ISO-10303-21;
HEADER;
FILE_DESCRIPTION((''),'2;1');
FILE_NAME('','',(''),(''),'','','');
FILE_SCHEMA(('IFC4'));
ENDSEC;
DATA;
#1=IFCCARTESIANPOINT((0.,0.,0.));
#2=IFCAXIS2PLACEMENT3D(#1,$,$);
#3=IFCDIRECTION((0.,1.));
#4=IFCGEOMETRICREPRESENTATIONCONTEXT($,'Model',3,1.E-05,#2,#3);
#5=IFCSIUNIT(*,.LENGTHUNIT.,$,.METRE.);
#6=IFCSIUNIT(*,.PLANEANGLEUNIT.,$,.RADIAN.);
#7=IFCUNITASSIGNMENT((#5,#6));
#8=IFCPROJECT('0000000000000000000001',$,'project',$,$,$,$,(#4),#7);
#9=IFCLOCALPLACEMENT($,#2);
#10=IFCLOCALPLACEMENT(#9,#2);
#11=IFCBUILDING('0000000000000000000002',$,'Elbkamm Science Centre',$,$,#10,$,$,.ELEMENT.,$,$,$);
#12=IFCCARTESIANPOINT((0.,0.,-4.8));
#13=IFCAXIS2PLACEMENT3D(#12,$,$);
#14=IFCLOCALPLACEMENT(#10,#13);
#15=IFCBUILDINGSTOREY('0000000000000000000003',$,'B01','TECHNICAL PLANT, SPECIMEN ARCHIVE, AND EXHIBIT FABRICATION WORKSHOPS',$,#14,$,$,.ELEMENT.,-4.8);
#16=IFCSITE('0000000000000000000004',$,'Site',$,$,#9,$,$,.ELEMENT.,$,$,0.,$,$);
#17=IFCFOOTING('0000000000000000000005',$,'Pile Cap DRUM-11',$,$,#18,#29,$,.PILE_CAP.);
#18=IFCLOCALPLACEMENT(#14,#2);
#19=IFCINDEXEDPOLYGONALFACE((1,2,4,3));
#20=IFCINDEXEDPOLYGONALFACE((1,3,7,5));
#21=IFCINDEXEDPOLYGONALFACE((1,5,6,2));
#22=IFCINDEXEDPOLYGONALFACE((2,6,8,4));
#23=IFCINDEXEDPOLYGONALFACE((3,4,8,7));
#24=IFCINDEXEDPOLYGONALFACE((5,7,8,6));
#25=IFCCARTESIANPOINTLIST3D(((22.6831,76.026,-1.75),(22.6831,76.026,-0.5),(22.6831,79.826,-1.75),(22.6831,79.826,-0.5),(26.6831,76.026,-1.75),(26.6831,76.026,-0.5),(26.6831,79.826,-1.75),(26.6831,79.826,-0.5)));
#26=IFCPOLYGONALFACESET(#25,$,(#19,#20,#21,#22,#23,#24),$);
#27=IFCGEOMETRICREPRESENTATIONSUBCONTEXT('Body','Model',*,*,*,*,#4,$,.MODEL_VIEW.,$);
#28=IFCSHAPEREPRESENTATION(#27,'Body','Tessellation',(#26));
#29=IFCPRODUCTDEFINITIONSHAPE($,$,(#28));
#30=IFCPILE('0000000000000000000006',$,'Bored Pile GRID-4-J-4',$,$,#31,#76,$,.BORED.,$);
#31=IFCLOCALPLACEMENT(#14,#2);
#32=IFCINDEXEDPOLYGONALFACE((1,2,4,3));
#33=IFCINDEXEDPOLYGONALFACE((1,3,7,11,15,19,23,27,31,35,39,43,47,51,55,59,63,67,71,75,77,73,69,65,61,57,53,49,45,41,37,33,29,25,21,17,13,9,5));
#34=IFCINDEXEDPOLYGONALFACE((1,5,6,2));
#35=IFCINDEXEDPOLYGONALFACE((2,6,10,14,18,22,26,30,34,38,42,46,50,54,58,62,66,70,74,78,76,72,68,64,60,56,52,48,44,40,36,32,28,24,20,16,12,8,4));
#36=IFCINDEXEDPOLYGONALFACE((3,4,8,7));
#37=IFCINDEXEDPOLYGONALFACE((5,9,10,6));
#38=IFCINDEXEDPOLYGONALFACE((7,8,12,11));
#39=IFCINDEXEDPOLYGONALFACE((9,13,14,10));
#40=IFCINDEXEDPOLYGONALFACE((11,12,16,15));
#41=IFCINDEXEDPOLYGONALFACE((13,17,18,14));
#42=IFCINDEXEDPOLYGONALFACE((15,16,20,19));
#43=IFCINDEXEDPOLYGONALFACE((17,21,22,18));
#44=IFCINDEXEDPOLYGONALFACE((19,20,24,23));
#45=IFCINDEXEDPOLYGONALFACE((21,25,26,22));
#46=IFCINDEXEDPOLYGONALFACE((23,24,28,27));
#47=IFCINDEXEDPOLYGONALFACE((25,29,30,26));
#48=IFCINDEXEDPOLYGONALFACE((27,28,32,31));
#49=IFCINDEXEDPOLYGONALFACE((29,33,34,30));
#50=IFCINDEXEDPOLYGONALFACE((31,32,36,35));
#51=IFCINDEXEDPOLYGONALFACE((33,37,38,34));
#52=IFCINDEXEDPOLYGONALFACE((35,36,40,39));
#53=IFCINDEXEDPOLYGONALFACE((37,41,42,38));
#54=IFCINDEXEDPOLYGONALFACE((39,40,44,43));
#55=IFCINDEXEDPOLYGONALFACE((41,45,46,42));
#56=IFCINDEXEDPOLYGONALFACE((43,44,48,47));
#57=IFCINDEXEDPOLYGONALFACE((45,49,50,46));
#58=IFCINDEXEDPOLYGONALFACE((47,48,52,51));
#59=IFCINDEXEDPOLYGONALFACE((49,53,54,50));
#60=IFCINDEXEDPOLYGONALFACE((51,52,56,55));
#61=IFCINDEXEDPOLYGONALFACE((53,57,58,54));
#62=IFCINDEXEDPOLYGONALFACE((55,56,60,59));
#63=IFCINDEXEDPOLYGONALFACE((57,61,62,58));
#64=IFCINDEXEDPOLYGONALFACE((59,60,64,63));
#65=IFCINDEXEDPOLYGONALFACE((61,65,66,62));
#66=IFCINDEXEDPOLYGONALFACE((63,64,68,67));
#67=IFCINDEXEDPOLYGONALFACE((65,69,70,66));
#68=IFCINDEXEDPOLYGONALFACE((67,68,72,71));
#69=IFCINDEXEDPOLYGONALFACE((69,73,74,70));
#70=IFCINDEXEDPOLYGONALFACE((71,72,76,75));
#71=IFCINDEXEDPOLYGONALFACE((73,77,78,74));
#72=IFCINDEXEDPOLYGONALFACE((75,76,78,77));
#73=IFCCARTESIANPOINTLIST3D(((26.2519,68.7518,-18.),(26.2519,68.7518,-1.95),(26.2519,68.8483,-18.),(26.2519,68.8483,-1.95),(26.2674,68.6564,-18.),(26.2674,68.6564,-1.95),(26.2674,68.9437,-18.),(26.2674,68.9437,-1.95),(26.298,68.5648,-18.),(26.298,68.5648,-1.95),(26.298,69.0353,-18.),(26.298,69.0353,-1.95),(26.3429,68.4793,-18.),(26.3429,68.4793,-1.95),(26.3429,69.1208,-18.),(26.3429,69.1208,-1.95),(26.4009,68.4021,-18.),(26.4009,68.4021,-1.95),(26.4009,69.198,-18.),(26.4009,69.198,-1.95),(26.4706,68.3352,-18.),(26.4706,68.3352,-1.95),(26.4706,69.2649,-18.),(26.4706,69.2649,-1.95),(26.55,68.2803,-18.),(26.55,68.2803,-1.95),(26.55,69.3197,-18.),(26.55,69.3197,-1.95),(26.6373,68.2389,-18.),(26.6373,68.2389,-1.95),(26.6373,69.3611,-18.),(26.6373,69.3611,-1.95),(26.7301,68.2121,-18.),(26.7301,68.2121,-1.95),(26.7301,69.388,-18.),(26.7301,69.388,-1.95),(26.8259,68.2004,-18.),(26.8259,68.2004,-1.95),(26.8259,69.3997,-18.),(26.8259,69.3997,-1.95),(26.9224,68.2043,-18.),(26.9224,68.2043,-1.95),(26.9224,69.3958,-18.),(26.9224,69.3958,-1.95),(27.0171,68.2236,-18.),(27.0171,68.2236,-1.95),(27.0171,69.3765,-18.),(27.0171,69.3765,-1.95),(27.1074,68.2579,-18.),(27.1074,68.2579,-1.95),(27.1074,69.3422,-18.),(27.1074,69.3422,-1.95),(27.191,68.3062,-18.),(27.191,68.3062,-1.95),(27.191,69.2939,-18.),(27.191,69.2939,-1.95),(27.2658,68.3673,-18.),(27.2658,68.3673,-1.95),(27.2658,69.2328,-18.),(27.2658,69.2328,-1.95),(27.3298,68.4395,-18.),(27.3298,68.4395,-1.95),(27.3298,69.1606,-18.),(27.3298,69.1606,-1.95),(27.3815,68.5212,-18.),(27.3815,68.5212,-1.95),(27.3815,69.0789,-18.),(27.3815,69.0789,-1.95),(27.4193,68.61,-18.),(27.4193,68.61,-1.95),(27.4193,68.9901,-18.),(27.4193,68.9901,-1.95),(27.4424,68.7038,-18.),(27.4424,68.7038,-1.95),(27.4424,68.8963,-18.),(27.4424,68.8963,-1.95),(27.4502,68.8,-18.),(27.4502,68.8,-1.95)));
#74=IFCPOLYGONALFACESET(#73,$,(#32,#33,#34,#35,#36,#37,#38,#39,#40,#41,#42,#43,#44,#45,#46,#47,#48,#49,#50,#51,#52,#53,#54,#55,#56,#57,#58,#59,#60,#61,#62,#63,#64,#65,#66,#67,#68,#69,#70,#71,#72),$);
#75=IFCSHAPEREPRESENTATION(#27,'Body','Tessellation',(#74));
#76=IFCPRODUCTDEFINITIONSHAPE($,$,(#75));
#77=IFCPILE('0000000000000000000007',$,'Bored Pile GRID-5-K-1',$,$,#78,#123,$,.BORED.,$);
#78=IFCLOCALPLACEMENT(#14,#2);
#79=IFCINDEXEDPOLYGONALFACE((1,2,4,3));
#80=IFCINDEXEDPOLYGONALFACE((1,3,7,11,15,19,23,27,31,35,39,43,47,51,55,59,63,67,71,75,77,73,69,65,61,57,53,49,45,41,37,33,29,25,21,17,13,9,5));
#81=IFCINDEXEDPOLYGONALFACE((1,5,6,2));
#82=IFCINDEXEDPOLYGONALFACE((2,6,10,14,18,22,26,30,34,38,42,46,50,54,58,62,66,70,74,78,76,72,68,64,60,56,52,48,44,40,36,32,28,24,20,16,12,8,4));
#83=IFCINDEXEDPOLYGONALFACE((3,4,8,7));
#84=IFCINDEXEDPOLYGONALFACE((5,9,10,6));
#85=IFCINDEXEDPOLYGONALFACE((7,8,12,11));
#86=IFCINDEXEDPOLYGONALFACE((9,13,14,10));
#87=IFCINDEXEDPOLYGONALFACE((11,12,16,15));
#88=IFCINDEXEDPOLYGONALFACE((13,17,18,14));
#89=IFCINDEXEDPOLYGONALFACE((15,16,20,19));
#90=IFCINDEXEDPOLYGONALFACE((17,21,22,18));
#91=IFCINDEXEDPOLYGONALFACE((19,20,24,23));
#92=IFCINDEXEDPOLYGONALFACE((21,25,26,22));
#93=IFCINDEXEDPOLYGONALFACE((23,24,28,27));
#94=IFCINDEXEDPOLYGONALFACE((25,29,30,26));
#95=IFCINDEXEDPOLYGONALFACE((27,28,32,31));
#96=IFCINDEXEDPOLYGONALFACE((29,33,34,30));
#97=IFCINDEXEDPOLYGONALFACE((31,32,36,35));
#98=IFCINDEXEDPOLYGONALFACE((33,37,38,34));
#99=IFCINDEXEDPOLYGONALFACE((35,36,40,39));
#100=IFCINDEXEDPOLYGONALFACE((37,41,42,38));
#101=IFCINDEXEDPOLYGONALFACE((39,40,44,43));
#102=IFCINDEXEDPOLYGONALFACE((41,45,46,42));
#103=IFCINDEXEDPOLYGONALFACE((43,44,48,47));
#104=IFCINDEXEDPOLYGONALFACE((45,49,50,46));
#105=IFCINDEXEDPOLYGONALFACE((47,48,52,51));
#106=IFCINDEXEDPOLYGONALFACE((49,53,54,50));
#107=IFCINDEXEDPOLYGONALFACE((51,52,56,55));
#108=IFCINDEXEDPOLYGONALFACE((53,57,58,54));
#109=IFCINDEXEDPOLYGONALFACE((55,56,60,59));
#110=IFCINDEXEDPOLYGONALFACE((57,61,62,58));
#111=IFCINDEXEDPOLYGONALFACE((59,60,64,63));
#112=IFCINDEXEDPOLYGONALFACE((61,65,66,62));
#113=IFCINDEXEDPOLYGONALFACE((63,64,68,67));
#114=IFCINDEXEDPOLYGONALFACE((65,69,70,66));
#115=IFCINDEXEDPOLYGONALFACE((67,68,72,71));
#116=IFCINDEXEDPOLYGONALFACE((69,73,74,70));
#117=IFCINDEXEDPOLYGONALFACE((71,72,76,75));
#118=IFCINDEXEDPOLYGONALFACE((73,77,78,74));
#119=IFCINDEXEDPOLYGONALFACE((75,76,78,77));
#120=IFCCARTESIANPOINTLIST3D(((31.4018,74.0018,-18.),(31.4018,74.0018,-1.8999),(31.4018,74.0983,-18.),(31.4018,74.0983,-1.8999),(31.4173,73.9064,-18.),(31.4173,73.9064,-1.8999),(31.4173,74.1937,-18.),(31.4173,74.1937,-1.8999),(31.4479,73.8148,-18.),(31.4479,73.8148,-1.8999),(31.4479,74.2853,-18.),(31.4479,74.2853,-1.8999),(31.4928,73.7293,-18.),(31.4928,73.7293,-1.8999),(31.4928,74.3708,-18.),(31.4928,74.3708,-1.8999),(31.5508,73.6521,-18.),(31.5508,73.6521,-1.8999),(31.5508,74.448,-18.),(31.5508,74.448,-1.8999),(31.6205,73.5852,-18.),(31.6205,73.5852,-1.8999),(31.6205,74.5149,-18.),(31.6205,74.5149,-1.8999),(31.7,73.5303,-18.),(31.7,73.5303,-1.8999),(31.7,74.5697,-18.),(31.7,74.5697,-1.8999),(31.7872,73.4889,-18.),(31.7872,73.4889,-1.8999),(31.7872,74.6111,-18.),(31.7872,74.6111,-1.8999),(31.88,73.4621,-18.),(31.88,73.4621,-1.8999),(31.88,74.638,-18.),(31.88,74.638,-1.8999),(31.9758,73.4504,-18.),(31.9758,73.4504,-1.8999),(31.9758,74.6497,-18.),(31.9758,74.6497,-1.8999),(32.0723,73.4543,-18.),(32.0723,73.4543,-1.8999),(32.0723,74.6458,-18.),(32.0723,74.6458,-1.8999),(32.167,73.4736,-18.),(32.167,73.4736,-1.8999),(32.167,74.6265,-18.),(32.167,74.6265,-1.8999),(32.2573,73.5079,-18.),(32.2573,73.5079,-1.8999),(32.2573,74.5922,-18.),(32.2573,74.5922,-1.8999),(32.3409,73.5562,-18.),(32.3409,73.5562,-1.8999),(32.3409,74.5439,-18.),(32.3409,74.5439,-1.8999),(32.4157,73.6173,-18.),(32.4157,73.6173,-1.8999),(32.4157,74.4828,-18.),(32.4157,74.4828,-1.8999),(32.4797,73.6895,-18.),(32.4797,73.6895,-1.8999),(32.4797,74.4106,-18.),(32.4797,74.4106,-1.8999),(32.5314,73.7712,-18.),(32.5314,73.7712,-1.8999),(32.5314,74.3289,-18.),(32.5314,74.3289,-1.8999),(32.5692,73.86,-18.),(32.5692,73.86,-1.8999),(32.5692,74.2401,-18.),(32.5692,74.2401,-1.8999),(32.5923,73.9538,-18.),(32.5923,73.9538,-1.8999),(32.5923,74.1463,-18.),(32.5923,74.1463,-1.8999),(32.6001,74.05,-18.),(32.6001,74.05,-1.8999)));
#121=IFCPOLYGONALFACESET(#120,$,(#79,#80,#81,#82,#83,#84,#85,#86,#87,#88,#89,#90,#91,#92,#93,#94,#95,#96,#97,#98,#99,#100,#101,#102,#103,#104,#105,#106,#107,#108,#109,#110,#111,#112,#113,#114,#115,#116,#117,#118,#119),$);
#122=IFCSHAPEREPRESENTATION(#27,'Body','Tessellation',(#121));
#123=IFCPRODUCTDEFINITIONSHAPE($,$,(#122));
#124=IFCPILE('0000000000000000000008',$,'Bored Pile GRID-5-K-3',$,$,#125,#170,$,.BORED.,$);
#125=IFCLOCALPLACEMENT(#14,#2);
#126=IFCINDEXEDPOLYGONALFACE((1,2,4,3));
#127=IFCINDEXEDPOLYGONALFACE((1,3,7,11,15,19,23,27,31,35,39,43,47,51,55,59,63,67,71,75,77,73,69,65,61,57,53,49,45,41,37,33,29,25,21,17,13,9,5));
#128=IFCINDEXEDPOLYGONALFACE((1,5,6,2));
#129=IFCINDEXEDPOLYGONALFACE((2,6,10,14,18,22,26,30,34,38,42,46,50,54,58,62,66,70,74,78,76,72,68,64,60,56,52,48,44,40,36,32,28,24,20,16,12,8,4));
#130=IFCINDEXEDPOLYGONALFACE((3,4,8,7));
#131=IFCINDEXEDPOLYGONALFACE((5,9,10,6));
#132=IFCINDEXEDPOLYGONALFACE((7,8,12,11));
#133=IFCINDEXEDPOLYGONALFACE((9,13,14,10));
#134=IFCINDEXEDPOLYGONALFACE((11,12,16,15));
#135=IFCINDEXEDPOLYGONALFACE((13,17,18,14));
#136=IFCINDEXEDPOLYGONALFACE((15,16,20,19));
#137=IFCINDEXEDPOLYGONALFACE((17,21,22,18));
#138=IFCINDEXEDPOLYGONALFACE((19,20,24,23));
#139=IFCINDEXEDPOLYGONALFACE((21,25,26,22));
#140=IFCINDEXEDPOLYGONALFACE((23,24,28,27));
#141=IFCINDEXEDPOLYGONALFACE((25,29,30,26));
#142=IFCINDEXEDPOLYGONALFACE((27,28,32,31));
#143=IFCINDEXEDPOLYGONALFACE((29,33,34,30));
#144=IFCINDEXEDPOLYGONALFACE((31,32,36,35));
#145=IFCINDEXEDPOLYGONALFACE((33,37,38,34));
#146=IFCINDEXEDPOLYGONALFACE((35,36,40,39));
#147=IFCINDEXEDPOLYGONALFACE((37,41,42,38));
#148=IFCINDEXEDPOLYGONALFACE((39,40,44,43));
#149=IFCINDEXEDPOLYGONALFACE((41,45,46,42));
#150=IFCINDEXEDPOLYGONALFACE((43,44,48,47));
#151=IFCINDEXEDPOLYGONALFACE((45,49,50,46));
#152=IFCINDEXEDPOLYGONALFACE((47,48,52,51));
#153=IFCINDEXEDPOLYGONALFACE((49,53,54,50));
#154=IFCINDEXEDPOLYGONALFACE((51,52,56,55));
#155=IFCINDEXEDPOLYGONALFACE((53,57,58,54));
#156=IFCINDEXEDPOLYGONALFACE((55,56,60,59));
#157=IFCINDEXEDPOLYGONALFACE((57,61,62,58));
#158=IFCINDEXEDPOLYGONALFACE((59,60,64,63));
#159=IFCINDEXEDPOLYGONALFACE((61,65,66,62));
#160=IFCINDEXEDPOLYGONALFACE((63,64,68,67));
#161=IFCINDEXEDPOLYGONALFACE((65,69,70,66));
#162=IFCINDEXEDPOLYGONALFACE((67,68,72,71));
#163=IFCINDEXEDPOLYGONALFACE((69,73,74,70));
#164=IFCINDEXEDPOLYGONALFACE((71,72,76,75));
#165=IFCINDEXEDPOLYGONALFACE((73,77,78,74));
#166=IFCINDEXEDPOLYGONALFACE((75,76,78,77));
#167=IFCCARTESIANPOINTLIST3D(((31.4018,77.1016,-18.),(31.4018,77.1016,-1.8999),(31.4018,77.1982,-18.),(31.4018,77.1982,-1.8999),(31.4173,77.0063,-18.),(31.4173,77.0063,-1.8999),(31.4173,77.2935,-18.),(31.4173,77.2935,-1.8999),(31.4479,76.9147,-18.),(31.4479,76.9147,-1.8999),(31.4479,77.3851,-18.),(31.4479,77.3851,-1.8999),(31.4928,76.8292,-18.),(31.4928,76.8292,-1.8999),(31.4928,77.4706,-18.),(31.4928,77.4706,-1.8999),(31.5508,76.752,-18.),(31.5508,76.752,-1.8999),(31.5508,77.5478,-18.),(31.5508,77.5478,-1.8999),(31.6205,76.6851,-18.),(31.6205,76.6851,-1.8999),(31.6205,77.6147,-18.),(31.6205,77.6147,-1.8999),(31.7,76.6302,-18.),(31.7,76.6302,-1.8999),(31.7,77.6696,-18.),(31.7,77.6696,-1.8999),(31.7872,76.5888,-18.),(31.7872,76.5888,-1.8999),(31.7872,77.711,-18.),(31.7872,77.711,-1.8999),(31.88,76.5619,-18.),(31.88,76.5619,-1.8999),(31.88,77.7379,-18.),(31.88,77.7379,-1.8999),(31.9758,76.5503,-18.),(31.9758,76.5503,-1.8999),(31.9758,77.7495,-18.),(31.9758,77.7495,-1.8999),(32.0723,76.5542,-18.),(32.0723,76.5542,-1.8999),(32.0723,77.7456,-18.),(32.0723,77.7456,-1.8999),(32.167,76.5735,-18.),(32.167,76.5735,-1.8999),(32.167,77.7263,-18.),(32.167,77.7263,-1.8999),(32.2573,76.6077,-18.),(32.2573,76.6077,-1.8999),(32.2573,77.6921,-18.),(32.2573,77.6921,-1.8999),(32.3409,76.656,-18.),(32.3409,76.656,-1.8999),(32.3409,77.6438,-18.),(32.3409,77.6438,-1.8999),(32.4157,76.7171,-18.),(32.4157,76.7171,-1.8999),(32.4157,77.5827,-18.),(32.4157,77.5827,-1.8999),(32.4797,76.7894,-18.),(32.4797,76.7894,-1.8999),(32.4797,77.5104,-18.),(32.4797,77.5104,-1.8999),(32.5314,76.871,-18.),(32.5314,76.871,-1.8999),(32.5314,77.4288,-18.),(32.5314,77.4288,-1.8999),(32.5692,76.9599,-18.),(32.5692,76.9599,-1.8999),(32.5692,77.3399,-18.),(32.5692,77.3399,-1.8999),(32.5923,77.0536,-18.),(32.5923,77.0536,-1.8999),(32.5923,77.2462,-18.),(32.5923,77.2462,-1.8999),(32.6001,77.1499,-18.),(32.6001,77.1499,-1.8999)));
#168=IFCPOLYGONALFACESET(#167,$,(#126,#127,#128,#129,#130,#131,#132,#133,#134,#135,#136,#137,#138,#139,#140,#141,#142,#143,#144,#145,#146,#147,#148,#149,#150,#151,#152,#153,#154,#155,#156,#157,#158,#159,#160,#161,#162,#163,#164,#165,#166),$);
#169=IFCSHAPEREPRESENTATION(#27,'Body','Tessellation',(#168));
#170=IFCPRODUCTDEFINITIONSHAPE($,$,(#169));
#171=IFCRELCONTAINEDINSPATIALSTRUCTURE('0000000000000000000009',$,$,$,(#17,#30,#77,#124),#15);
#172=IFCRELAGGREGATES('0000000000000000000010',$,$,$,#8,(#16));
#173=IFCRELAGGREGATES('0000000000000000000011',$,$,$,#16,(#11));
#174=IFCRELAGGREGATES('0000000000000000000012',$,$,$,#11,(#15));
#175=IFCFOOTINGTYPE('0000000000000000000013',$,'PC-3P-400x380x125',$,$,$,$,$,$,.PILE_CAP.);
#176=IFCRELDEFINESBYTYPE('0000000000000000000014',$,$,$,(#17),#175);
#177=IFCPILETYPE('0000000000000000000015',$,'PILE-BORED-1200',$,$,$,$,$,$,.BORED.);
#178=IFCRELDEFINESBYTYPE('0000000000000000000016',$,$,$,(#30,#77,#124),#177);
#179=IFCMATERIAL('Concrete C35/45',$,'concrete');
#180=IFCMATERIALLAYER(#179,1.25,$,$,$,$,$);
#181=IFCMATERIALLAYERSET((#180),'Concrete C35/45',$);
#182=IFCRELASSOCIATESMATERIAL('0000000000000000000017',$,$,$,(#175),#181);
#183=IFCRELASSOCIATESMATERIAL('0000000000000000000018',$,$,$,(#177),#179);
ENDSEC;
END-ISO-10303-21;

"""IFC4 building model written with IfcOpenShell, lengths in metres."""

from ifc_helpers import new_model, si_unit, direction, frame, origin, origin_2d, place, context, subcontext, project, spatial, rectangle, circle, extrude, material, layer, layer_set, material_profile, profile_set, type_object, element, save


model = new_model("IFC4")

# Units and contexts
model_context = context("Model", 3, precision=1e-05, world=origin(), true_north=direction((0.0, 1.0)))
body_context = subcontext(model_context, "Body", "Model", "MODEL_VIEW")
ifc_project = project(units=[si_unit("LENGTHUNIT", "METRE"), si_unit("PLANEANGLEUNIT", "RADIAN")], contexts=[model_context])

# Site, building, storey
site_placement = place(None, origin())
site = spatial("IfcSite", under=ifc_project, at=site_placement, Name="Site", CompositionType="ELEMENT", RefElevation=0.0)
building_placement = place(site_placement, origin())
building = spatial("IfcBuilding", under=site, at=building_placement, Name="Elbkamm Science Centre", CompositionType="ELEMENT")
storey_placement = place(building_placement, frame((0.0, 0.0, -4.8)))
storey = spatial("IfcBuildingStorey", under=building, at=storey_placement, Name="B01", Description="TECHNICAL PLANT, SPECIMEN ARCHIVE, AND EXHIBIT FABRICATION WORKSHOPS", CompositionType="ELEMENT", Elevation=-4.8)

# Footing
ifc_material_1 = material(Name="Concrete C35/45", Category="concrete")
ifc_layer_1 = layer(ifc_material_1, 1.25)
ifc_layer_set_1 = layer_set([ifc_layer_1], Name="Concrete C35/45")
footing_type = type_object("IfcFootingType", Name="PC-3P-400x380x125", PredefinedType="PILE_CAP", material=ifc_layer_set_1)
footing_placement = place(storey_placement, frame((24.6831, 77.926, -1.75), z_axis=(0.0, 0.0, 1.0), x_axis=(1.0, 0.0, 0.0)))
element("IfcFooting", 1, at=footing_placement, inside=storey, type_object=footing_type, Name="Pile Cap DRUM-11", PredefinedType="PILE_CAP", context=body_context, shape_type="SweptSolid", body=[
    extrude(rectangle(XDim=4.0, YDim=3.8, at=origin_2d()), origin(), (0.0, 0.0, 1.0), 1.25),
])

# Piles
ifc_material_profile_1 = material_profile(ifc_material_1, circle(Radius=0.6001, at=origin_2d()), Name="PILE D1200")
ifc_profile_set_1 = profile_set([ifc_material_profile_1], Name="Concrete C35/45")
pile_type_1 = type_object("IfcPileType", Name="PILE-BORED-1200", PredefinedType="BORED", material=ifc_profile_set_1)
pile_1_placement = place(storey_placement, frame((26.8501, 68.8, -1.95), z_axis=(0.0, 0.0, -1.0), x_axis=(1.0, 0.0, 0.0)))
element("IfcPile", 2, at=pile_1_placement, inside=storey, type_object=pile_type_1, Name="Bored Pile GRID-4-J-4", PredefinedType="BORED", context=body_context, shape_type="SweptSolid", body=[
    extrude(circle(Radius=0.6001, at=origin_2d()), origin(), (0.0, 0.0, 1.0), 16.05),
])
for number, where, z_axis, x_axis, name in (
    (3, (32.0, 74.05, -1.8999), (0.0, 0.0, -1.0), (1.0, 0.0, 0.0), "Bored Pile GRID-5-K-1"),
    (4, (32.0, 77.1499, -1.8999), (0.0, 0.0, -1.0), (1.0, 0.0, 0.0), "Bored Pile GRID-5-K-3"),
):
    element("IfcPile", number, at=place(storey_placement, frame(where, z_axis=z_axis, x_axis=x_axis)), inside=storey, type_object=pile_type_1, Name=name, PredefinedType="BORED", context=body_context, shape_type="SweptSolid", body=[
        extrude(circle(Radius=0.6001, at=origin_2d()), origin(), (0.0, 0.0, 1.0), 16.1001),
    ])

save(model, "model.ifc")
